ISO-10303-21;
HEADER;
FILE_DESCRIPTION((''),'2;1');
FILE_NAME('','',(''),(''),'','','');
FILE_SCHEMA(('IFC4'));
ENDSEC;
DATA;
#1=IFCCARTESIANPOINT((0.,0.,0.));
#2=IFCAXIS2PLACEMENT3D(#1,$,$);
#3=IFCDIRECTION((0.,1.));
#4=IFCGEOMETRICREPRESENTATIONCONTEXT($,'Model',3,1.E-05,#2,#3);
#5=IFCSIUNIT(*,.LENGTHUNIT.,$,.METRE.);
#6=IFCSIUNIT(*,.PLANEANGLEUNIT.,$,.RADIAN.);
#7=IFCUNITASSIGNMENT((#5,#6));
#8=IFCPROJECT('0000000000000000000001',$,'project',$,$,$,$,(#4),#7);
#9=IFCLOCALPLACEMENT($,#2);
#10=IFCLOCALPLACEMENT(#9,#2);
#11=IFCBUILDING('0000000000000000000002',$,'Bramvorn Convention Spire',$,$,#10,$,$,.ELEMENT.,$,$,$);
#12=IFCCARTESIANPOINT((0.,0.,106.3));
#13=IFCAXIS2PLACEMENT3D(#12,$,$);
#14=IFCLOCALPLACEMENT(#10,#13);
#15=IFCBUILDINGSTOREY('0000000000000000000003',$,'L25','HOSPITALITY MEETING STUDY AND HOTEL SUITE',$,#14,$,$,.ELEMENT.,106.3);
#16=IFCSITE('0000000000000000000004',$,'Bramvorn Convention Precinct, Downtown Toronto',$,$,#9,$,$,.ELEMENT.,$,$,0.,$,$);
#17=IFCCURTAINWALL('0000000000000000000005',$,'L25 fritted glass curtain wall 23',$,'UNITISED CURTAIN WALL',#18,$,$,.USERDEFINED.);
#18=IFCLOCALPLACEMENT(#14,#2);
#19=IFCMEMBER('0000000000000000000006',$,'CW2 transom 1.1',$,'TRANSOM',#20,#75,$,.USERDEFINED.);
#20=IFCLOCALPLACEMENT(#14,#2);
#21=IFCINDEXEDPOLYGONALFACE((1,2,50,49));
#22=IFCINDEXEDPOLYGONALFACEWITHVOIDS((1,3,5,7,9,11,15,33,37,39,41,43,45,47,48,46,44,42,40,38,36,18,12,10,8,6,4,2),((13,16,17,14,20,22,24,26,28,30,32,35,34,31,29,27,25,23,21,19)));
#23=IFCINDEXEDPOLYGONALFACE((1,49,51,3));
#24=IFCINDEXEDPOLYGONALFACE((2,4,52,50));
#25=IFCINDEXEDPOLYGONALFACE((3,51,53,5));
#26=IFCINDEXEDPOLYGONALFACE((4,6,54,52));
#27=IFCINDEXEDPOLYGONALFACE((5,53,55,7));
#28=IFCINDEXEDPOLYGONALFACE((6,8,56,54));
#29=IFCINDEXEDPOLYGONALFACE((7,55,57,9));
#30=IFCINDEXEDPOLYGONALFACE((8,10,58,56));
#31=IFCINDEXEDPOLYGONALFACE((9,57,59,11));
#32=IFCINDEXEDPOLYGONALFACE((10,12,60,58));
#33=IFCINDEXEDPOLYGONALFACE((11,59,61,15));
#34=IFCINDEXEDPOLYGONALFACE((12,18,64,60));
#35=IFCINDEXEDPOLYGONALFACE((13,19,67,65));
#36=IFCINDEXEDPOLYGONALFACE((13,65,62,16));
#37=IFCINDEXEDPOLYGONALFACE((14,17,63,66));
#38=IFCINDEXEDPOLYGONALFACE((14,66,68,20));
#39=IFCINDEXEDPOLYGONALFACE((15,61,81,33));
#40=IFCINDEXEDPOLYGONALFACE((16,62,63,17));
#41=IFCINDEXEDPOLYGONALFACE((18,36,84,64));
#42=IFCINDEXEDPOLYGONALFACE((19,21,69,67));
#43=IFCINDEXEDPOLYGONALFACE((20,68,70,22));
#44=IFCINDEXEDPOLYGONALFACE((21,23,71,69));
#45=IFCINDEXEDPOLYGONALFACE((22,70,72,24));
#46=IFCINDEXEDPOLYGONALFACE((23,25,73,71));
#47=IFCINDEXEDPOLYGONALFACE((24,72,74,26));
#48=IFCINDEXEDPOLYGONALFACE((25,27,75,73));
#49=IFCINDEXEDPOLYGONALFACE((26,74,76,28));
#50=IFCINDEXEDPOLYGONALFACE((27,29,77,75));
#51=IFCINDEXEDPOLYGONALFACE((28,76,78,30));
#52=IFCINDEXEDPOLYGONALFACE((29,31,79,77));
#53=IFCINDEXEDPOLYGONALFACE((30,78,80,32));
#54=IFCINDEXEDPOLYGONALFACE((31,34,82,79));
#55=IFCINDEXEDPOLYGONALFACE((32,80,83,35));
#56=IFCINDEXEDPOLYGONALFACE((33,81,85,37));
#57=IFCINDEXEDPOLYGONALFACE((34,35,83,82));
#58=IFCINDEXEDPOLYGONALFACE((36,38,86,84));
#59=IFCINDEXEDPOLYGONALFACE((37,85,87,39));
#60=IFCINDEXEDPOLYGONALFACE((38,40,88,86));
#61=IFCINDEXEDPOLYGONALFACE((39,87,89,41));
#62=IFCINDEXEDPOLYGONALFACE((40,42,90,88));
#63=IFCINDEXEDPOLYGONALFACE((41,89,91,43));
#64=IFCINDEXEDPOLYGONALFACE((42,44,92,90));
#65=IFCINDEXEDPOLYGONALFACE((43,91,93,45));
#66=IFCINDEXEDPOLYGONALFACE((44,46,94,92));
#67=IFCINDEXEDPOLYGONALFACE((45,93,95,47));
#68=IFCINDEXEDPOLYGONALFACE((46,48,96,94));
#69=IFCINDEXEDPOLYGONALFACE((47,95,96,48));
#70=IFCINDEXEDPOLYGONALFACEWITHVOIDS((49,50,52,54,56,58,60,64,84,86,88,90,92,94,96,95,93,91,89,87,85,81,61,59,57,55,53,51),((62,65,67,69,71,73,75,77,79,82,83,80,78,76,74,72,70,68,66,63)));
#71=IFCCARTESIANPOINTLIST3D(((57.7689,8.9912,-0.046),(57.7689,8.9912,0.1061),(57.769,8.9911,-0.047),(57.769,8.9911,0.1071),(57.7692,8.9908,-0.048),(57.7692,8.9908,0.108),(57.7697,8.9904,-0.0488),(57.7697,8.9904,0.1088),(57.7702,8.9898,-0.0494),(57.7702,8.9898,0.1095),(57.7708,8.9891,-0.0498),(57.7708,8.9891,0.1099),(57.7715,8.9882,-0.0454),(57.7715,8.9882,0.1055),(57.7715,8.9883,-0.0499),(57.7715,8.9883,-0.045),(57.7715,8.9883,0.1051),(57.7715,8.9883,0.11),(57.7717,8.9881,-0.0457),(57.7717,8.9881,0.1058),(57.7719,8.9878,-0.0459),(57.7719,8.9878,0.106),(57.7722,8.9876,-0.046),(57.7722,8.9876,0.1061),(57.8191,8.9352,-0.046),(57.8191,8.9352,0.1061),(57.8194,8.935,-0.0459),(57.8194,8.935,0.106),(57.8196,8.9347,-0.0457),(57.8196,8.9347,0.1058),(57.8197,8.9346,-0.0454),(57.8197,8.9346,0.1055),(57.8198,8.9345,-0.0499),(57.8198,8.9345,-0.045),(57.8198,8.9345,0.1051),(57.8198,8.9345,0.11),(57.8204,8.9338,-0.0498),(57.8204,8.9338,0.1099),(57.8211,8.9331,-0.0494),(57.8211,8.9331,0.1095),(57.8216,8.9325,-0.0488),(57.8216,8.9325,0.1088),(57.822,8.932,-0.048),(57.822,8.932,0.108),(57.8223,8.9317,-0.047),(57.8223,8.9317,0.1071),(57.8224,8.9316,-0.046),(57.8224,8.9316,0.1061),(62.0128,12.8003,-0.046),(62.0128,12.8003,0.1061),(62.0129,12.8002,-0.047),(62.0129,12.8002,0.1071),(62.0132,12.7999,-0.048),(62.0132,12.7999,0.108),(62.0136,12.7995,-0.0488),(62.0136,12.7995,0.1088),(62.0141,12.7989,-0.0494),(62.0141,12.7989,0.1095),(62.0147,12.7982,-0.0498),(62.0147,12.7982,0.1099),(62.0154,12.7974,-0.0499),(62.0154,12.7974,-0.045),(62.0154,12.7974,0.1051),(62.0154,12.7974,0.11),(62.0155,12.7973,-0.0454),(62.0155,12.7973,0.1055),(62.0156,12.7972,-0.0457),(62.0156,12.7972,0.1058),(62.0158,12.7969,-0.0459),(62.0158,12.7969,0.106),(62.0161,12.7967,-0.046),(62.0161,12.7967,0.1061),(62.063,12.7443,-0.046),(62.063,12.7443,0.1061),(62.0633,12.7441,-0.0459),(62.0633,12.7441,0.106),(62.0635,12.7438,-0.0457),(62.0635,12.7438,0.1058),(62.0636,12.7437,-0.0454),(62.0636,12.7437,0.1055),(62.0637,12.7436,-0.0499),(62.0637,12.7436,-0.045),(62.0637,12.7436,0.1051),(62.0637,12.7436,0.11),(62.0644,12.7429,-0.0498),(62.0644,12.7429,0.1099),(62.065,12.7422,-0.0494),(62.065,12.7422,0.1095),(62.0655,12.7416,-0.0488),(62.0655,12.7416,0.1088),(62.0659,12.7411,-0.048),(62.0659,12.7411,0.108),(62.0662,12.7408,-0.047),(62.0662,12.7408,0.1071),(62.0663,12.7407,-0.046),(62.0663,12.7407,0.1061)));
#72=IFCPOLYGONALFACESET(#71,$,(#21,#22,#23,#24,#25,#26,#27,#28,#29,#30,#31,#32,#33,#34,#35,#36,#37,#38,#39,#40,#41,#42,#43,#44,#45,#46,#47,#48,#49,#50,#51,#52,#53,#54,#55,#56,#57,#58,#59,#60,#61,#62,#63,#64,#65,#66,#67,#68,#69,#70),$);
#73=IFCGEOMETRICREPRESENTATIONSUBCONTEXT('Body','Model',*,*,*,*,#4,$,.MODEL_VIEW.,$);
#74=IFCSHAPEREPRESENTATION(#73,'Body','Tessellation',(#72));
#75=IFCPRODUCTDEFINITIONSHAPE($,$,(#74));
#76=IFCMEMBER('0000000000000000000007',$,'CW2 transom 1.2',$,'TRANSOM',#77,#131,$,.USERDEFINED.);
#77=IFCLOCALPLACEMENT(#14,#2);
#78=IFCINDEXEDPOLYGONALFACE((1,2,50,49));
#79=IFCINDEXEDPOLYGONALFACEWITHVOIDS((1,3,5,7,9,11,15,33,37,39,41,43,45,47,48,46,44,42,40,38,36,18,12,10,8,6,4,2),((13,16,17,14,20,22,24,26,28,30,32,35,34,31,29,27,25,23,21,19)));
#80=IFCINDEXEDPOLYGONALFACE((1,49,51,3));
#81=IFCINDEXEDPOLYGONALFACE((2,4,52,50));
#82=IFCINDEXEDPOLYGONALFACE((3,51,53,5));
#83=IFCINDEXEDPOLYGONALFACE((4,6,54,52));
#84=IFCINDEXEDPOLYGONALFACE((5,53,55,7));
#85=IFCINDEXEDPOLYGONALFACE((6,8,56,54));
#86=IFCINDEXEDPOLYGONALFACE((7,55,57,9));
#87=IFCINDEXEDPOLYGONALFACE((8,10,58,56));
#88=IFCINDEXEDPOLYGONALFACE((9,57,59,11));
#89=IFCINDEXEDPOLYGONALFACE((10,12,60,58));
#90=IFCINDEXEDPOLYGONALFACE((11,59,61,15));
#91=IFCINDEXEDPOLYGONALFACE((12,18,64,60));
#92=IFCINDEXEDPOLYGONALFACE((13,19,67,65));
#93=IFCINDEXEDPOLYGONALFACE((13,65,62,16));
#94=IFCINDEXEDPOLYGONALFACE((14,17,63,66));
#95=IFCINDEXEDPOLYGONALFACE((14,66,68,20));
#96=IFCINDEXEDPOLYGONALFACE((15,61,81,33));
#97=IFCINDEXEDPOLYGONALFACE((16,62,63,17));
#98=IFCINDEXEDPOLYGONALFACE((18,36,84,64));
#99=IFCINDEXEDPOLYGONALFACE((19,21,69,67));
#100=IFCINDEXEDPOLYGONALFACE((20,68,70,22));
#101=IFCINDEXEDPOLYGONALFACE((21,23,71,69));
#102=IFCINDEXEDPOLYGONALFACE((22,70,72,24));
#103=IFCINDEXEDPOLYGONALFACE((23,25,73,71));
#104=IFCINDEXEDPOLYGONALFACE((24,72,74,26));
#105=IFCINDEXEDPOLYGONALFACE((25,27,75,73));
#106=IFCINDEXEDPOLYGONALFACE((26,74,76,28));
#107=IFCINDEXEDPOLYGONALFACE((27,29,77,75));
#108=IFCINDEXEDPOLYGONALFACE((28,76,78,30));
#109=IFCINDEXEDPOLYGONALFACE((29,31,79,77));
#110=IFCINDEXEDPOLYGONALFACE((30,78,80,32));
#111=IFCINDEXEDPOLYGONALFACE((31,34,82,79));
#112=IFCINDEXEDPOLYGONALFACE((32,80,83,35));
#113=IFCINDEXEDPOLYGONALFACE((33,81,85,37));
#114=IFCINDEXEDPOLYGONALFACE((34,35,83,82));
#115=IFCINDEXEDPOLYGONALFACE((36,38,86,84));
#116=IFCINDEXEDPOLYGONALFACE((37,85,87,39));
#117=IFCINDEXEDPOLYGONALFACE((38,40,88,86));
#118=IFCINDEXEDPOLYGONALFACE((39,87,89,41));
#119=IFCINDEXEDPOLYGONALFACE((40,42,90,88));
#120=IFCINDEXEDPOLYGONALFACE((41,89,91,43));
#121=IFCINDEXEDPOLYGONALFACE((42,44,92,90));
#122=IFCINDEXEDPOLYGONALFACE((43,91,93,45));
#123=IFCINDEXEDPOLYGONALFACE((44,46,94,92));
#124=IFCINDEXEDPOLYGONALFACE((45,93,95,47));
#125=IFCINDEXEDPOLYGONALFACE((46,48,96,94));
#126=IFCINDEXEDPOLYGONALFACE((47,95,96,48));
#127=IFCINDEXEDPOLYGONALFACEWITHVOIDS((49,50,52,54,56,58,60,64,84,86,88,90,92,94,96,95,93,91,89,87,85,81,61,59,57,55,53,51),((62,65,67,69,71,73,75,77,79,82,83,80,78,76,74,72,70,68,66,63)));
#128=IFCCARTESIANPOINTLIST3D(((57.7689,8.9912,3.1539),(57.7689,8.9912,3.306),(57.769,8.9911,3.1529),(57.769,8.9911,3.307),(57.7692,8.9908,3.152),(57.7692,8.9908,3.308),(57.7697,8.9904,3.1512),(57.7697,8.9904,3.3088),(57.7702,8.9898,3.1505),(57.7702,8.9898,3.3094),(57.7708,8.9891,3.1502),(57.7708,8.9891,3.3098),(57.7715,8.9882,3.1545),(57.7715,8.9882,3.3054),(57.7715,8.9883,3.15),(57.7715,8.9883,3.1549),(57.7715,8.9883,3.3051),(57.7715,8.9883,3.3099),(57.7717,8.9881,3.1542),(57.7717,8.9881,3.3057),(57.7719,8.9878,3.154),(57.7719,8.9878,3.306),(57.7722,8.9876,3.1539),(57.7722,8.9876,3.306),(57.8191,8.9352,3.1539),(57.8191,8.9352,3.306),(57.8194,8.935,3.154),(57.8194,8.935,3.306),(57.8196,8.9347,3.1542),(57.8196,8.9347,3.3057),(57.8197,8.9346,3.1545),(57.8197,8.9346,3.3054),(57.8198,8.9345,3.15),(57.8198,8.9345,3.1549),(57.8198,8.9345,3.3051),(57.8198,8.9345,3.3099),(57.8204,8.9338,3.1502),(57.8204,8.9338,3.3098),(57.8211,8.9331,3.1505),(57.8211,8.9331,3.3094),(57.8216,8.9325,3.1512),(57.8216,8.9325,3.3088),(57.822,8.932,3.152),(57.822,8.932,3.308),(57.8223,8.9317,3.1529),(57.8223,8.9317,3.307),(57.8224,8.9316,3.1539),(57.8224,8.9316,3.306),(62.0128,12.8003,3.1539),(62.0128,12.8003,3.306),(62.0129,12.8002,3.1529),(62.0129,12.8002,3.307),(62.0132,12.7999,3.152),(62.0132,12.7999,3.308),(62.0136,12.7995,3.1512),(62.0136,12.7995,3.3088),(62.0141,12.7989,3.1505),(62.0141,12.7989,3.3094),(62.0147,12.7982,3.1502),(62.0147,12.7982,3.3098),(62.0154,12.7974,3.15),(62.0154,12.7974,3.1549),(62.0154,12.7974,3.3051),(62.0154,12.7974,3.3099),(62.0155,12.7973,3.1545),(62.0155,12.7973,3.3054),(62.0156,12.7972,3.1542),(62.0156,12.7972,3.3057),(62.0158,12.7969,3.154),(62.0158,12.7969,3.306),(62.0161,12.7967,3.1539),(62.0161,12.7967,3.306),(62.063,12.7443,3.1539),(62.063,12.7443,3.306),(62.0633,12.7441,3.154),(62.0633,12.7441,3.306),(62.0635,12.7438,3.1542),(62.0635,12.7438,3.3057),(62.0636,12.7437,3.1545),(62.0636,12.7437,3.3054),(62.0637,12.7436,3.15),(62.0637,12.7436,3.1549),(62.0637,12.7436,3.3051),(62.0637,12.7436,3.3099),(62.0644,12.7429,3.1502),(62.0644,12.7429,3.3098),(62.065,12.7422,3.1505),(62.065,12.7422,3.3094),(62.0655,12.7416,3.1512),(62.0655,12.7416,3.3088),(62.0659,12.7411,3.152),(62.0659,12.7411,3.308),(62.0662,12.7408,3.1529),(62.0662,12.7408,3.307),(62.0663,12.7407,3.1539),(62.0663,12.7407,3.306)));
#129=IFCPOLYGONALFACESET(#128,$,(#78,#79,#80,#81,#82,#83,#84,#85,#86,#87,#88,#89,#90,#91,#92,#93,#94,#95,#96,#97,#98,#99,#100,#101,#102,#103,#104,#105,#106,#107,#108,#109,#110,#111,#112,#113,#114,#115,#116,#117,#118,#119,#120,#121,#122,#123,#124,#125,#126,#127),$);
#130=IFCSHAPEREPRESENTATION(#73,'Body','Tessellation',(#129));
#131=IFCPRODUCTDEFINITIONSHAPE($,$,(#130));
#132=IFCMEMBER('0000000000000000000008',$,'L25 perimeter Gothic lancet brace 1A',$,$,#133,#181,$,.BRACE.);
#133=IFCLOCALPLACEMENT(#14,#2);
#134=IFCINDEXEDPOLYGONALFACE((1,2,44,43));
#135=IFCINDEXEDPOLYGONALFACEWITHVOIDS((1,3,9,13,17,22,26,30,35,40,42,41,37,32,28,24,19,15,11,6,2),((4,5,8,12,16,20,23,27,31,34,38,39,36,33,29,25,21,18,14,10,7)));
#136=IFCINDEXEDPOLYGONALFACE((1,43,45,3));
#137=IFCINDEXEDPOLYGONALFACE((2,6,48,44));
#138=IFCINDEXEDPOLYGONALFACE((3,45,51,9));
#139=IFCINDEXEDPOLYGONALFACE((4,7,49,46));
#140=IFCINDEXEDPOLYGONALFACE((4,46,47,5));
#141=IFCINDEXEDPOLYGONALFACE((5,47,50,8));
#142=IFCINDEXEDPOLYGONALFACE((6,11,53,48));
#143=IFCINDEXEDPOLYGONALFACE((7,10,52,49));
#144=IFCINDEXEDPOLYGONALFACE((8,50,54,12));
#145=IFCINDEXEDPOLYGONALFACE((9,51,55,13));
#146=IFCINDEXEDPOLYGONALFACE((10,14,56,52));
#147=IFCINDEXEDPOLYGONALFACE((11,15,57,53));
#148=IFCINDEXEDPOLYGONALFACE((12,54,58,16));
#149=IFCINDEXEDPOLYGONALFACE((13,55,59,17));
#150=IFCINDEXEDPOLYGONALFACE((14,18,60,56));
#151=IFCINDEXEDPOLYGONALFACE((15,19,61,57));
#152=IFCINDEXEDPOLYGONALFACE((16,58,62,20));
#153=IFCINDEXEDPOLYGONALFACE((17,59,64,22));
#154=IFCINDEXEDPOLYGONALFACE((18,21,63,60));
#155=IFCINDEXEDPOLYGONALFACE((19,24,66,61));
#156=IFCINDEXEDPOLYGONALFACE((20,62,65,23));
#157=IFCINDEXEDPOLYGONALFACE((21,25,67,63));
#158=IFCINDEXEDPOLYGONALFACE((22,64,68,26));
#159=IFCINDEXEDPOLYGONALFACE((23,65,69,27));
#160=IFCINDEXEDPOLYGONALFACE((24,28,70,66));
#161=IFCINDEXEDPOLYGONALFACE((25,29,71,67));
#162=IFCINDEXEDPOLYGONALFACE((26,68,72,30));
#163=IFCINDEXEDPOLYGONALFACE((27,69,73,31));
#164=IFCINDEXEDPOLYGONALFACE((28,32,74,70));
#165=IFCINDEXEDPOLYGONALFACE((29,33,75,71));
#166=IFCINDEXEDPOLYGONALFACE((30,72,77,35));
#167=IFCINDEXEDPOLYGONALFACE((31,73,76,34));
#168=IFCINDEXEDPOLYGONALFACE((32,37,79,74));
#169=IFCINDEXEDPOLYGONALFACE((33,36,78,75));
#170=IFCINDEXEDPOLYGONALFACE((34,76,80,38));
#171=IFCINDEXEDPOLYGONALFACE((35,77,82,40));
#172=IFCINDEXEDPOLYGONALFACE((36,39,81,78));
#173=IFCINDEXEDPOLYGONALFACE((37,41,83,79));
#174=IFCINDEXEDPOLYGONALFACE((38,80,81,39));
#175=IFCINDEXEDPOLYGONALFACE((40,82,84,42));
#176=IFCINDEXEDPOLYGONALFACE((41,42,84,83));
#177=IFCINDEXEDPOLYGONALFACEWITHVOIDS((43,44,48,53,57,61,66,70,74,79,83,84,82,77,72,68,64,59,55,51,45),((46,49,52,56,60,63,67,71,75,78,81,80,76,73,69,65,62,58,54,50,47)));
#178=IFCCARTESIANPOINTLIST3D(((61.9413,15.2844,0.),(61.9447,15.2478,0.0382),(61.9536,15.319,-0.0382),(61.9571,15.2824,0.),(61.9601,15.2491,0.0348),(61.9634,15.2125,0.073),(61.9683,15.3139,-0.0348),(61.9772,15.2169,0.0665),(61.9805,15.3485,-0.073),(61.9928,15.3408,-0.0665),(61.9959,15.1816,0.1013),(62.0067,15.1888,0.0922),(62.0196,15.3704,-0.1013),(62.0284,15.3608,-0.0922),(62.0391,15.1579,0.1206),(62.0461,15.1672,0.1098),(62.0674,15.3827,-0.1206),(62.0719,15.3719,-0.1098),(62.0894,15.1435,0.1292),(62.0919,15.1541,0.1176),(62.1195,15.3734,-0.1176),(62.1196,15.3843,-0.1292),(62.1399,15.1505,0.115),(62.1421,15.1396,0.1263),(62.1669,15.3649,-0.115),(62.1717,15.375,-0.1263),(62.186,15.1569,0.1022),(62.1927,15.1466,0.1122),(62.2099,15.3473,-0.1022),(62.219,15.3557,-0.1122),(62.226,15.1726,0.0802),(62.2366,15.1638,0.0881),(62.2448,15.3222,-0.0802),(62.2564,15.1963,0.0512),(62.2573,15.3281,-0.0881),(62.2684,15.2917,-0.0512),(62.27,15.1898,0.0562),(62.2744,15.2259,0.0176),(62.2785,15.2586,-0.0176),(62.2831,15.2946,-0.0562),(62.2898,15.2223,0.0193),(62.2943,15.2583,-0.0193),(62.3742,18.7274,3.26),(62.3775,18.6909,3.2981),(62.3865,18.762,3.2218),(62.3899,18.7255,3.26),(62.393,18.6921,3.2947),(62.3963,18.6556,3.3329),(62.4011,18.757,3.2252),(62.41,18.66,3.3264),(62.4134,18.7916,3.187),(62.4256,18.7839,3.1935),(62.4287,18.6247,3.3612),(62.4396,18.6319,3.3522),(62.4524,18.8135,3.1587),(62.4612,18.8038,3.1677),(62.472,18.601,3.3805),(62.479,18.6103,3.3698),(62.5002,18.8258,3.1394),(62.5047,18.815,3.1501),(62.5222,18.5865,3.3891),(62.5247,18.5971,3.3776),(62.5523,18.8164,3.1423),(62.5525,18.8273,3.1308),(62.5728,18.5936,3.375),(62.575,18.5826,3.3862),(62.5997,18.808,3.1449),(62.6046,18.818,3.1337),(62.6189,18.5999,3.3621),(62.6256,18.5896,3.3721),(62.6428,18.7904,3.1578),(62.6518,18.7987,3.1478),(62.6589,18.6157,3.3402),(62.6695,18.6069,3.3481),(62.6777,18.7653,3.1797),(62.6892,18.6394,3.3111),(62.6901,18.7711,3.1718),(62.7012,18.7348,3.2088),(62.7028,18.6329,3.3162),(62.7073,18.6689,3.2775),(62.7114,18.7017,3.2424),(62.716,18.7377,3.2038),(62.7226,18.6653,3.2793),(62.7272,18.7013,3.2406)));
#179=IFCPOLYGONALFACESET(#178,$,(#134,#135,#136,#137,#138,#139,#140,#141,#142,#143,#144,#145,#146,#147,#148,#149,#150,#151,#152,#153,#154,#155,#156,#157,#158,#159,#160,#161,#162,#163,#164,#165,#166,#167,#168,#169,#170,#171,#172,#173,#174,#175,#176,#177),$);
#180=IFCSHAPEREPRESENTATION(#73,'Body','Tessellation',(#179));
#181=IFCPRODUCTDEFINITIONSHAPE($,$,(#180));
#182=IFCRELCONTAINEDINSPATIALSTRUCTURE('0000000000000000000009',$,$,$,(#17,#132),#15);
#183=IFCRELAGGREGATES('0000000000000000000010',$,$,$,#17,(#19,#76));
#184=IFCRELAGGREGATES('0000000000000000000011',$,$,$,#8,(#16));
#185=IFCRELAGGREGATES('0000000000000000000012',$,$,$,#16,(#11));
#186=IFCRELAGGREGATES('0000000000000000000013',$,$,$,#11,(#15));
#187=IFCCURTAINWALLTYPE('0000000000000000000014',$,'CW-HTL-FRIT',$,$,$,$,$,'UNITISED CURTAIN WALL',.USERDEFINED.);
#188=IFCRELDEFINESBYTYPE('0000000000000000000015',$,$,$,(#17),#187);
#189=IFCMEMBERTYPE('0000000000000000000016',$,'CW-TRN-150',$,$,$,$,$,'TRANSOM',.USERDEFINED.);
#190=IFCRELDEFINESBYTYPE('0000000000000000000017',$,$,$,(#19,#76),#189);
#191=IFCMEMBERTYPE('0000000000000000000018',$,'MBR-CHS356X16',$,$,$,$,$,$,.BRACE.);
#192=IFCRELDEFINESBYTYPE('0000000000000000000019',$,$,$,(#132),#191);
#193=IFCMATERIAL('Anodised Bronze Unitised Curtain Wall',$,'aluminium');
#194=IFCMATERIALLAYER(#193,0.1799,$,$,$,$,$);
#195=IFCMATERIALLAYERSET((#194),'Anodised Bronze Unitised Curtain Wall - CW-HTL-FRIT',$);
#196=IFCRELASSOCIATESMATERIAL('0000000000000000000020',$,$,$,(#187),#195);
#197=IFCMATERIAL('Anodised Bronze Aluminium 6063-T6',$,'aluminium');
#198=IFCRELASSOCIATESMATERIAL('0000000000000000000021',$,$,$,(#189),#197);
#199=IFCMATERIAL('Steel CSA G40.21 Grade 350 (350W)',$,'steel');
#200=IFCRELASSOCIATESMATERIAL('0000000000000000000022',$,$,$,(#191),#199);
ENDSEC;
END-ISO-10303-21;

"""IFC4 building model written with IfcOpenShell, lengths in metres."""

from ifc_helpers import new_model, si_unit, direction, frame, origin, origin_2d, place, context, subcontext, project, spatial, hollow_rectangle, hollow_circle, extrude, material, layer, layer_set, material_profile, profile_set, type_object, element, aggregate, save


model = new_model("IFC4")

# Units and contexts
model_context = context("Model", 3, precision=1e-05, world=origin(), true_north=direction((0.0, 1.0)))
body_context = subcontext(model_context, "Body", "Model", "MODEL_VIEW")
ifc_project = project(units=[si_unit("LENGTHUNIT", "METRE"), si_unit("PLANEANGLEUNIT", "RADIAN")], contexts=[model_context])

# Site, building, storey
site_placement = place(None, origin())
site = spatial("IfcSite", under=ifc_project, at=site_placement, Name="Bramvorn Convention Precinct, Downtown Toronto", CompositionType="ELEMENT", RefElevation=0.0)
building_placement = place(site_placement, origin())
building = spatial("IfcBuilding", under=site, at=building_placement, Name="Bramvorn Convention Spire", CompositionType="ELEMENT")
storey_placement = place(building_placement, frame((0.0, 0.0, 106.3)))
storey = spatial("IfcBuildingStorey", under=building, at=storey_placement, Name="L25", Description="HOSPITALITY MEETING STUDY AND HOTEL SUITE", CompositionType="ELEMENT", Elevation=106.3)

# Shared definitions
ifc_material_1 = material(Name="Steel CSA G40.21 Grade 350 (350W)", Category="steel")

# Shared definitions
ifc_material_2 = material(Name="Anodised Bronze Unitised Curtain Wall", Category="aluminium")
ifc_layer_1 = layer(ifc_material_2, 0.1799)
ifc_layer_set_1 = layer_set([ifc_layer_1], Name="Anodised Bronze Unitised Curtain Wall - CW-HTL-FRIT")
curtain_wall_type = type_object("IfcCurtainWallType", Name="CW-HTL-FRIT", ElementType="UNITISED CURTAIN WALL", PredefinedType="USERDEFINED", material=ifc_layer_set_1)
ifc_material_3 = material(Name="Anodised Bronze Aluminium 6063-T6", Category="aluminium")

# Curtain wall
curtain_wall_1_placement = place(storey_placement, origin())
curtain_wall_1 = element("IfcCurtainWall", 1, at=curtain_wall_1_placement, inside=storey, type_object=curtain_wall_type, Name="L25 fritted glass curtain wall 23", ObjectType="UNITISED CURTAIN WALL", PredefinedType="USERDEFINED")

# Members
ifc_material_profile_1 = material_profile(ifc_material_3, hollow_rectangle(XDim=0.0801, YDim=0.1599, WallThickness=0.0039, InnerFilletRadius=0.001, OuterFilletRadius=0.0039, at=origin_2d()))
ifc_profile_set_1 = profile_set([ifc_material_profile_1], Name="Anodised Bronze Aluminium 6063-T6 - CWT80X160")
member_type_1 = type_object("IfcMemberType", Name="CW-TRN-150", ElementType="TRANSOM", PredefinedType="USERDEFINED", material=ifc_profile_set_1)
member_1_placement = place(storey_placement, frame((62.0396, 12.7705, 0.03), z_axis=(-0.744202, -0.667954, 0.0), x_axis=(0.667954, -0.744202, 0.0)))
member_1 = element("IfcMember", 2, at=member_1_placement, type_object=member_type_1, Name="CW2 transom 1.1", ObjectType="TRANSOM", PredefinedType="USERDEFINED", context=body_context, shape_type="SweptSolid", body=[
    extrude(hollow_rectangle(XDim=0.0801, YDim=0.1599, WallThickness=0.0039, InnerFilletRadius=0.001, OuterFilletRadius=0.0039, at=origin_2d()), origin(), (0.0, 0.0, 1.0), 5.7026),
])
member_2_placement = place(storey_placement, frame((62.0396, 12.7705, 3.23), z_axis=(-0.744202, -0.667954, 0.0), x_axis=(0.667954, -0.744202, 0.0)))
member_2 = element("IfcMember", 3, at=member_2_placement, type_object=member_type_1, Name="CW2 transom 1.2", ObjectType="TRANSOM", PredefinedType="USERDEFINED", context=body_context, shape_type="SweptSolid", body=[
    extrude(hollow_rectangle(XDim=0.0801, YDim=0.1599, WallThickness=0.0039, InnerFilletRadius=0.001, OuterFilletRadius=0.0039, at=origin_2d()), origin(), (0.0, 0.0, 1.0), 5.7026),
])

# Member
ifc_material_profile_2 = material_profile(ifc_material_1, hollow_circle(Radius=0.1777, WallThickness=0.0159, at=origin_2d()))
ifc_profile_set_2 = profile_set([ifc_material_profile_2], Name="Steel CSA G40.21 Grade 350 (350W) - CHS356X16")
member_type_2 = type_object("IfcMemberType", Name="MBR-CHS356X16", PredefinedType="BRACE", material=ifc_profile_set_2)
for number, where, z_axis, x_axis, name in (
    (4, (62.1177, 15.2622, 0.0), (0.090912, 0.723144, 0.684688), (-0.99219, 0.124736, 0.0), "L25 perimeter Gothic lancet brace 1A"),
):
    element("IfcMember", number, at=place(storey_placement, frame(where, z_axis=z_axis, x_axis=x_axis)), inside=storey, type_object=member_type_2, Name=name, PredefinedType="BRACE", context=body_context, shape_type="SweptSolid", body=[
        extrude(hollow_circle(Radius=0.1777, WallThickness=0.0159, at=origin_2d()), origin(), (0.0, 0.0, 1.0), 4.7612),
    ])

aggregate(curtain_wall_1, [member_1, member_2])

save(model, "model.ifc")
